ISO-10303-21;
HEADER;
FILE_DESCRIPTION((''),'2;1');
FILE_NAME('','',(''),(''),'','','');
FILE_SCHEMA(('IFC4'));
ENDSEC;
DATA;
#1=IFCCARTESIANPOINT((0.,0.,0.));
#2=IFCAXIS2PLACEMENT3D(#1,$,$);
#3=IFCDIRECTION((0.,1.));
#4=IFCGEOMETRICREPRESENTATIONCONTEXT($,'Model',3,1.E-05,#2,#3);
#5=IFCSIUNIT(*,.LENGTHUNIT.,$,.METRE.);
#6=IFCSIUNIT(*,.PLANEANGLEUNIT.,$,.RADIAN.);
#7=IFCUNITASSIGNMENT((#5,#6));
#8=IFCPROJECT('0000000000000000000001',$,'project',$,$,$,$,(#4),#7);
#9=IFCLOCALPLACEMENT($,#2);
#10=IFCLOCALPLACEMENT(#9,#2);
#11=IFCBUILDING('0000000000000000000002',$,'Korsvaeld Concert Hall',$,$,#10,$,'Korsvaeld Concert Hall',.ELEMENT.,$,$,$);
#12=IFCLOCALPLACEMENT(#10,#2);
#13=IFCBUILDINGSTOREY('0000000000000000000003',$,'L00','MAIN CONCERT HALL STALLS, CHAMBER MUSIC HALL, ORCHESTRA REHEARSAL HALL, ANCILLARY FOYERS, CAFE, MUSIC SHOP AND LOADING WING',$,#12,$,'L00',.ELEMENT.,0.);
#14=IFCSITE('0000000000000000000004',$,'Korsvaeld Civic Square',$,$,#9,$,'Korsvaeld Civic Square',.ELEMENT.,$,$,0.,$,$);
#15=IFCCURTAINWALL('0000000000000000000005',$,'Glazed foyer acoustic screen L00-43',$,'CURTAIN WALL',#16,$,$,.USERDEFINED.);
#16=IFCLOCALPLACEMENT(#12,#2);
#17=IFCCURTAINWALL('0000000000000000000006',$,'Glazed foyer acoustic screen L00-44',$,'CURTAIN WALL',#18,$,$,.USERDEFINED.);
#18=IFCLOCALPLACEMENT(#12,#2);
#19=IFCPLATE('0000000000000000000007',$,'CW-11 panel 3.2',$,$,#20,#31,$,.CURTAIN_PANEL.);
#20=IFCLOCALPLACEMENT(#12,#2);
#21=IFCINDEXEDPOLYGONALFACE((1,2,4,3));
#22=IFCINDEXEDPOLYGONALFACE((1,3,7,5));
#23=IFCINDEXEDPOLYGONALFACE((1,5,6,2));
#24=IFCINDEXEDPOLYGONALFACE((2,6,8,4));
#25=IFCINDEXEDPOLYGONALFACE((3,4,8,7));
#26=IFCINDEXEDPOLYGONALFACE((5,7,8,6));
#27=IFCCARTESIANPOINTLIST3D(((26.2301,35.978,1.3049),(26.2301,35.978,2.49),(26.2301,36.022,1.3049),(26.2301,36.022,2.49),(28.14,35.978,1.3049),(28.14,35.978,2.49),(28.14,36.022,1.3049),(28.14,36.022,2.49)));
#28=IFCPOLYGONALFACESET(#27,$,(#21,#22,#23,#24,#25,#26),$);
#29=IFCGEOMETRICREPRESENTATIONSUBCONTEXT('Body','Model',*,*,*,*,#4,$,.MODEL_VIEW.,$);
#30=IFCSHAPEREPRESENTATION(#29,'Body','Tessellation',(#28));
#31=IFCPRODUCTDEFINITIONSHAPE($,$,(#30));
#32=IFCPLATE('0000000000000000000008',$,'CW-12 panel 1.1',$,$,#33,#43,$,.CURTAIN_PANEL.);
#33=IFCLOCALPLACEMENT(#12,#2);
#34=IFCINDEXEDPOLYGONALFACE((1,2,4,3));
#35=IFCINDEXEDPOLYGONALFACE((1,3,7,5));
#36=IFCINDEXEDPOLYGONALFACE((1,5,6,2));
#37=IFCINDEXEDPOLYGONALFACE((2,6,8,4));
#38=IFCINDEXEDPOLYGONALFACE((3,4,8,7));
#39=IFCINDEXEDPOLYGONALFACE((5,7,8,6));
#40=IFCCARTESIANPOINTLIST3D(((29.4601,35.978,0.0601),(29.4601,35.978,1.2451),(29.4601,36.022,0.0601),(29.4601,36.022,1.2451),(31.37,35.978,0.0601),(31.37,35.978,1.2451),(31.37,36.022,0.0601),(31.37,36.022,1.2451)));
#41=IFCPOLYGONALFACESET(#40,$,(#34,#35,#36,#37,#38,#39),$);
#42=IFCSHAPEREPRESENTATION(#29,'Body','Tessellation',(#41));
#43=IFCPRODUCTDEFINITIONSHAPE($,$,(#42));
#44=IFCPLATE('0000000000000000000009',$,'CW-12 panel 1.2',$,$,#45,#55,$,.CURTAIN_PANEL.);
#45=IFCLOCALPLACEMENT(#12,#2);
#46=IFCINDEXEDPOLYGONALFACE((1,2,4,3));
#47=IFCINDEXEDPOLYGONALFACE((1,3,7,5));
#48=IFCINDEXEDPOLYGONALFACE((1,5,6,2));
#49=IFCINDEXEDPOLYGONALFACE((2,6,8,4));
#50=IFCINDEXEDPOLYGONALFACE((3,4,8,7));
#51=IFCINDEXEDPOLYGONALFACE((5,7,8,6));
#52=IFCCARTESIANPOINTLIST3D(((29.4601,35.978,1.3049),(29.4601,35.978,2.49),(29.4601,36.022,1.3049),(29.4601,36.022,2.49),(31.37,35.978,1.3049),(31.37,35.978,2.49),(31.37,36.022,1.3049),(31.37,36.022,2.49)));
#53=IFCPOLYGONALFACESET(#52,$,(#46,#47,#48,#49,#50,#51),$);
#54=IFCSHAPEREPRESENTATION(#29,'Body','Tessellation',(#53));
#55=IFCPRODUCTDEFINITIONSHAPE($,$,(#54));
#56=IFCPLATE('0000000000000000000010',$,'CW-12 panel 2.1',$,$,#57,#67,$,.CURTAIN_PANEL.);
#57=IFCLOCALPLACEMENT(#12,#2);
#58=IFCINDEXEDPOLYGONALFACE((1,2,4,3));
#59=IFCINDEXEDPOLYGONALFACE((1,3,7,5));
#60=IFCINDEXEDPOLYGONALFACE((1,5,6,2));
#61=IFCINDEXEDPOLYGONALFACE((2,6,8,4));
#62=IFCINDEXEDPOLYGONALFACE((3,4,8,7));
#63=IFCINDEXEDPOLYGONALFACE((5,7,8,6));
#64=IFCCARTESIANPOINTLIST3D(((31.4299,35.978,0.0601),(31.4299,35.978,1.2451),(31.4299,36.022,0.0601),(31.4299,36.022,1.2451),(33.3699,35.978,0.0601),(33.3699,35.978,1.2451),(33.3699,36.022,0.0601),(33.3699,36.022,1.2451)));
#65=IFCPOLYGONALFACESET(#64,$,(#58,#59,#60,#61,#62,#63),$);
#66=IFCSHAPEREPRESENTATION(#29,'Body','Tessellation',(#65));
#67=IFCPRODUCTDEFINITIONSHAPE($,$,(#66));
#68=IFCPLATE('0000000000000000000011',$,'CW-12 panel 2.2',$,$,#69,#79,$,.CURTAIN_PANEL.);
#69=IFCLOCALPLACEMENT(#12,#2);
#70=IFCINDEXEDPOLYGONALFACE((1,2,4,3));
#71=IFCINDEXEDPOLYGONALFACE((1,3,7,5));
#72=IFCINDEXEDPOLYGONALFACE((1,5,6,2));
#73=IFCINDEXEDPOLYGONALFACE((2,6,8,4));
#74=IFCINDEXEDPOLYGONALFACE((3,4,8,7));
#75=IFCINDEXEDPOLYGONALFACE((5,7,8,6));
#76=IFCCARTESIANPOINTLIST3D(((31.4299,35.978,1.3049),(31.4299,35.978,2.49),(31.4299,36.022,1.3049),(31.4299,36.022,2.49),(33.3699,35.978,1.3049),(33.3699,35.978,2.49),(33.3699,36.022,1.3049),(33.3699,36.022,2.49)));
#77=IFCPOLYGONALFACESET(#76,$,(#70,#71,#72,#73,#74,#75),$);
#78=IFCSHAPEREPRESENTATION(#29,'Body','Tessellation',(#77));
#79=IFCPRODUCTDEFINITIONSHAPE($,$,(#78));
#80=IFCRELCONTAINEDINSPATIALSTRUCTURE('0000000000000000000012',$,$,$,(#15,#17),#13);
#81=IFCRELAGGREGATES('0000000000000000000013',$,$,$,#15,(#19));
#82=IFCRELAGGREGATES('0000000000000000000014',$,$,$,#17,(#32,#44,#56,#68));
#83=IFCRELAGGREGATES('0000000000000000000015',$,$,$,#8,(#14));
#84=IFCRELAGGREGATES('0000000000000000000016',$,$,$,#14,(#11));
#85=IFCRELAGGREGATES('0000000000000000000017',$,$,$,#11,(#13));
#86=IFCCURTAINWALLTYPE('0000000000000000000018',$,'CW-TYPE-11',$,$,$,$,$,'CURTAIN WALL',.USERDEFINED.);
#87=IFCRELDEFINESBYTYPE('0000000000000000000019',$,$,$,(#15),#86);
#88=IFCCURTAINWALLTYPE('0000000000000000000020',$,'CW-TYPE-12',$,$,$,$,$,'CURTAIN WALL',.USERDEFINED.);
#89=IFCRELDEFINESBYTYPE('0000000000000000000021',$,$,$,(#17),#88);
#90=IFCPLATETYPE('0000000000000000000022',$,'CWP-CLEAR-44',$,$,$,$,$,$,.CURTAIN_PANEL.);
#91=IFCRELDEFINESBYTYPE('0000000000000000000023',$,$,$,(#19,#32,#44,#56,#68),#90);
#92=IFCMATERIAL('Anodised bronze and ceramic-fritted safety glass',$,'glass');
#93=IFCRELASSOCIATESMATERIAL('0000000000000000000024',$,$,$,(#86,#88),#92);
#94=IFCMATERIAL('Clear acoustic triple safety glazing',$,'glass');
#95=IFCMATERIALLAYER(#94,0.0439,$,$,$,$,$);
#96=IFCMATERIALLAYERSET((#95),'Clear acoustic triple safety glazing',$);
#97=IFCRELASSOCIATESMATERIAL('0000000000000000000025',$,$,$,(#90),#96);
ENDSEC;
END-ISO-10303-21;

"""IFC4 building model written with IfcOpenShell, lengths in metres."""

from ifc_helpers import new_model, si_unit, direction, frame, origin, origin_2d, place, context, subcontext, project, spatial, rectangle, extrude, material, layer, layer_set, type_object, element, aggregate, save


model = new_model("IFC4")

# Units and contexts
model_context = context("Model", 3, precision=1e-05, world=origin(), true_north=direction((0.0, 1.0)))
body_context = subcontext(model_context, "Body", "Model", "MODEL_VIEW")
ifc_project = project(units=[si_unit("LENGTHUNIT", "METRE"), si_unit("PLANEANGLEUNIT", "RADIAN")], contexts=[model_context])

# Site, building, storey
site_placement = place(None, origin())
site = spatial("IfcSite", under=ifc_project, at=site_placement, Name="Korsvaeld Civic Square", LongName="Korsvaeld Civic Square", CompositionType="ELEMENT", RefElevation=0.0)
building_placement = place(site_placement, origin())
building = spatial("IfcBuilding", under=site, at=building_placement, Name="Korsvaeld Concert Hall", LongName="Korsvaeld Concert Hall", CompositionType="ELEMENT")
storey_placement = place(building_placement, origin())
storey = spatial("IfcBuildingStorey", under=building, at=storey_placement, Name="L00", Description="MAIN CONCERT HALL STALLS, CHAMBER MUSIC HALL, ORCHESTRA REHEARSAL HALL, ANCILLARY FOYERS, CAFE, MUSIC SHOP AND LOADING WING", LongName="L00", CompositionType="ELEMENT", Elevation=0.0)

# Curtain walls
ifc_material_1 = material(Name="Anodised bronze and ceramic-fritted safety glass", Category="glass")
curtain_wall_type_1 = type_object("IfcCurtainWallType", Name="CW-TYPE-11", ElementType="CURTAIN WALL", PredefinedType="USERDEFINED", material=ifc_material_1)
curtain_wall_1_placement = place(storey_placement, origin())
curtain_wall_1 = element("IfcCurtainWall", 1, at=curtain_wall_1_placement, inside=storey, type_object=curtain_wall_type_1, Name="Glazed foyer acoustic screen L00-43", ObjectType="CURTAIN WALL", PredefinedType="USERDEFINED")
curtain_wall_type_2 = type_object("IfcCurtainWallType", Name="CW-TYPE-12", ElementType="CURTAIN WALL", PredefinedType="USERDEFINED", material=ifc_material_1)
curtain_wall_2_placement = place(storey_placement, origin())
curtain_wall_2 = element("IfcCurtainWall", 2, at=curtain_wall_2_placement, inside=storey, type_object=curtain_wall_type_2, Name="Glazed foyer acoustic screen L00-44", ObjectType="CURTAIN WALL", PredefinedType="USERDEFINED")

# Plates
ifc_material_2 = material(Name="Clear acoustic triple safety glazing", Category="glass")
ifc_layer = layer(ifc_material_2, 0.0439)
ifc_layer_set = layer_set([ifc_layer], Name="Clear acoustic triple safety glazing")
plate_type = type_object("IfcPlateType", Name="CWP-CLEAR-44", PredefinedType="CURTAIN_PANEL", material=ifc_layer_set)
plate_1_placement = place(storey_placement, frame((27.1851, 36.0, 1.3049), z_axis=(0.0, 0.0, 1.0), x_axis=(1.0, 0.0, 0.0)))
plate_1 = element("IfcPlate", 3, at=plate_1_placement, type_object=plate_type, Name="CW-11 panel 3.2", PredefinedType="CURTAIN_PANEL", context=body_context, shape_type="SweptSolid", body=[
    extrude(rectangle(XDim=1.9099, YDim=0.0439, at=origin_2d()), origin(), (0.0, 0.0, 1.0), 1.1851),
])
aggregate(curtain_wall_1, [plate_1])
plate_2_placement = place(storey_placement, frame((30.415, 36.0, 0.0601), z_axis=(0.0, 0.0, 1.0), x_axis=(1.0, 0.0, 0.0)))
plate_2 = element("IfcPlate", 4, at=plate_2_placement, type_object=plate_type, Name="CW-12 panel 1.1", PredefinedType="CURTAIN_PANEL", context=body_context, shape_type="SweptSolid", body=[
    extrude(rectangle(XDim=1.9099, YDim=0.0439, at=origin_2d()), origin(), (0.0, 0.0, 1.0), 1.1851),
])
plate_3_placement = place(storey_placement, frame((30.415, 36.0, 1.3049), z_axis=(0.0, 0.0, 1.0), x_axis=(1.0, 0.0, 0.0)))
plate_3 = element("IfcPlate", 5, at=plate_3_placement, type_object=plate_type, Name="CW-12 panel 1.2", PredefinedType="CURTAIN_PANEL", context=body_context, shape_type="SweptSolid", body=[
    extrude(rectangle(XDim=1.9099, YDim=0.0439, at=origin_2d()), origin(), (0.0, 0.0, 1.0), 1.1851),
])
plate_4_placement = place(storey_placement, frame((32.3999, 36.0, 0.0601), z_axis=(0.0, 0.0, 1.0), x_axis=(1.0, 0.0, 0.0)))
plate_4 = element("IfcPlate", 6, at=plate_4_placement, type_object=plate_type, Name="CW-12 panel 2.1", PredefinedType="CURTAIN_PANEL", context=body_context, shape_type="SweptSolid", body=[
    extrude(rectangle(XDim=1.9399, YDim=0.0439, at=origin_2d()), origin(), (0.0, 0.0, 1.0), 1.1851),
])
plate_5_placement = place(storey_placement, frame((32.3999, 36.0, 1.3049), z_axis=(0.0, 0.0, 1.0), x_axis=(1.0, 0.0, 0.0)))
plate_5 = element("IfcPlate", 7, at=plate_5_placement, type_object=plate_type, Name="CW-12 panel 2.2", PredefinedType="CURTAIN_PANEL", context=body_context, shape_type="SweptSolid", body=[
    extrude(rectangle(XDim=1.9399, YDim=0.0439, at=origin_2d()), origin(), (0.0, 0.0, 1.0), 1.1851),
])
aggregate(curtain_wall_2, [plate_2, plate_3, plate_4, plate_5])

save(model, "model.ifc")
